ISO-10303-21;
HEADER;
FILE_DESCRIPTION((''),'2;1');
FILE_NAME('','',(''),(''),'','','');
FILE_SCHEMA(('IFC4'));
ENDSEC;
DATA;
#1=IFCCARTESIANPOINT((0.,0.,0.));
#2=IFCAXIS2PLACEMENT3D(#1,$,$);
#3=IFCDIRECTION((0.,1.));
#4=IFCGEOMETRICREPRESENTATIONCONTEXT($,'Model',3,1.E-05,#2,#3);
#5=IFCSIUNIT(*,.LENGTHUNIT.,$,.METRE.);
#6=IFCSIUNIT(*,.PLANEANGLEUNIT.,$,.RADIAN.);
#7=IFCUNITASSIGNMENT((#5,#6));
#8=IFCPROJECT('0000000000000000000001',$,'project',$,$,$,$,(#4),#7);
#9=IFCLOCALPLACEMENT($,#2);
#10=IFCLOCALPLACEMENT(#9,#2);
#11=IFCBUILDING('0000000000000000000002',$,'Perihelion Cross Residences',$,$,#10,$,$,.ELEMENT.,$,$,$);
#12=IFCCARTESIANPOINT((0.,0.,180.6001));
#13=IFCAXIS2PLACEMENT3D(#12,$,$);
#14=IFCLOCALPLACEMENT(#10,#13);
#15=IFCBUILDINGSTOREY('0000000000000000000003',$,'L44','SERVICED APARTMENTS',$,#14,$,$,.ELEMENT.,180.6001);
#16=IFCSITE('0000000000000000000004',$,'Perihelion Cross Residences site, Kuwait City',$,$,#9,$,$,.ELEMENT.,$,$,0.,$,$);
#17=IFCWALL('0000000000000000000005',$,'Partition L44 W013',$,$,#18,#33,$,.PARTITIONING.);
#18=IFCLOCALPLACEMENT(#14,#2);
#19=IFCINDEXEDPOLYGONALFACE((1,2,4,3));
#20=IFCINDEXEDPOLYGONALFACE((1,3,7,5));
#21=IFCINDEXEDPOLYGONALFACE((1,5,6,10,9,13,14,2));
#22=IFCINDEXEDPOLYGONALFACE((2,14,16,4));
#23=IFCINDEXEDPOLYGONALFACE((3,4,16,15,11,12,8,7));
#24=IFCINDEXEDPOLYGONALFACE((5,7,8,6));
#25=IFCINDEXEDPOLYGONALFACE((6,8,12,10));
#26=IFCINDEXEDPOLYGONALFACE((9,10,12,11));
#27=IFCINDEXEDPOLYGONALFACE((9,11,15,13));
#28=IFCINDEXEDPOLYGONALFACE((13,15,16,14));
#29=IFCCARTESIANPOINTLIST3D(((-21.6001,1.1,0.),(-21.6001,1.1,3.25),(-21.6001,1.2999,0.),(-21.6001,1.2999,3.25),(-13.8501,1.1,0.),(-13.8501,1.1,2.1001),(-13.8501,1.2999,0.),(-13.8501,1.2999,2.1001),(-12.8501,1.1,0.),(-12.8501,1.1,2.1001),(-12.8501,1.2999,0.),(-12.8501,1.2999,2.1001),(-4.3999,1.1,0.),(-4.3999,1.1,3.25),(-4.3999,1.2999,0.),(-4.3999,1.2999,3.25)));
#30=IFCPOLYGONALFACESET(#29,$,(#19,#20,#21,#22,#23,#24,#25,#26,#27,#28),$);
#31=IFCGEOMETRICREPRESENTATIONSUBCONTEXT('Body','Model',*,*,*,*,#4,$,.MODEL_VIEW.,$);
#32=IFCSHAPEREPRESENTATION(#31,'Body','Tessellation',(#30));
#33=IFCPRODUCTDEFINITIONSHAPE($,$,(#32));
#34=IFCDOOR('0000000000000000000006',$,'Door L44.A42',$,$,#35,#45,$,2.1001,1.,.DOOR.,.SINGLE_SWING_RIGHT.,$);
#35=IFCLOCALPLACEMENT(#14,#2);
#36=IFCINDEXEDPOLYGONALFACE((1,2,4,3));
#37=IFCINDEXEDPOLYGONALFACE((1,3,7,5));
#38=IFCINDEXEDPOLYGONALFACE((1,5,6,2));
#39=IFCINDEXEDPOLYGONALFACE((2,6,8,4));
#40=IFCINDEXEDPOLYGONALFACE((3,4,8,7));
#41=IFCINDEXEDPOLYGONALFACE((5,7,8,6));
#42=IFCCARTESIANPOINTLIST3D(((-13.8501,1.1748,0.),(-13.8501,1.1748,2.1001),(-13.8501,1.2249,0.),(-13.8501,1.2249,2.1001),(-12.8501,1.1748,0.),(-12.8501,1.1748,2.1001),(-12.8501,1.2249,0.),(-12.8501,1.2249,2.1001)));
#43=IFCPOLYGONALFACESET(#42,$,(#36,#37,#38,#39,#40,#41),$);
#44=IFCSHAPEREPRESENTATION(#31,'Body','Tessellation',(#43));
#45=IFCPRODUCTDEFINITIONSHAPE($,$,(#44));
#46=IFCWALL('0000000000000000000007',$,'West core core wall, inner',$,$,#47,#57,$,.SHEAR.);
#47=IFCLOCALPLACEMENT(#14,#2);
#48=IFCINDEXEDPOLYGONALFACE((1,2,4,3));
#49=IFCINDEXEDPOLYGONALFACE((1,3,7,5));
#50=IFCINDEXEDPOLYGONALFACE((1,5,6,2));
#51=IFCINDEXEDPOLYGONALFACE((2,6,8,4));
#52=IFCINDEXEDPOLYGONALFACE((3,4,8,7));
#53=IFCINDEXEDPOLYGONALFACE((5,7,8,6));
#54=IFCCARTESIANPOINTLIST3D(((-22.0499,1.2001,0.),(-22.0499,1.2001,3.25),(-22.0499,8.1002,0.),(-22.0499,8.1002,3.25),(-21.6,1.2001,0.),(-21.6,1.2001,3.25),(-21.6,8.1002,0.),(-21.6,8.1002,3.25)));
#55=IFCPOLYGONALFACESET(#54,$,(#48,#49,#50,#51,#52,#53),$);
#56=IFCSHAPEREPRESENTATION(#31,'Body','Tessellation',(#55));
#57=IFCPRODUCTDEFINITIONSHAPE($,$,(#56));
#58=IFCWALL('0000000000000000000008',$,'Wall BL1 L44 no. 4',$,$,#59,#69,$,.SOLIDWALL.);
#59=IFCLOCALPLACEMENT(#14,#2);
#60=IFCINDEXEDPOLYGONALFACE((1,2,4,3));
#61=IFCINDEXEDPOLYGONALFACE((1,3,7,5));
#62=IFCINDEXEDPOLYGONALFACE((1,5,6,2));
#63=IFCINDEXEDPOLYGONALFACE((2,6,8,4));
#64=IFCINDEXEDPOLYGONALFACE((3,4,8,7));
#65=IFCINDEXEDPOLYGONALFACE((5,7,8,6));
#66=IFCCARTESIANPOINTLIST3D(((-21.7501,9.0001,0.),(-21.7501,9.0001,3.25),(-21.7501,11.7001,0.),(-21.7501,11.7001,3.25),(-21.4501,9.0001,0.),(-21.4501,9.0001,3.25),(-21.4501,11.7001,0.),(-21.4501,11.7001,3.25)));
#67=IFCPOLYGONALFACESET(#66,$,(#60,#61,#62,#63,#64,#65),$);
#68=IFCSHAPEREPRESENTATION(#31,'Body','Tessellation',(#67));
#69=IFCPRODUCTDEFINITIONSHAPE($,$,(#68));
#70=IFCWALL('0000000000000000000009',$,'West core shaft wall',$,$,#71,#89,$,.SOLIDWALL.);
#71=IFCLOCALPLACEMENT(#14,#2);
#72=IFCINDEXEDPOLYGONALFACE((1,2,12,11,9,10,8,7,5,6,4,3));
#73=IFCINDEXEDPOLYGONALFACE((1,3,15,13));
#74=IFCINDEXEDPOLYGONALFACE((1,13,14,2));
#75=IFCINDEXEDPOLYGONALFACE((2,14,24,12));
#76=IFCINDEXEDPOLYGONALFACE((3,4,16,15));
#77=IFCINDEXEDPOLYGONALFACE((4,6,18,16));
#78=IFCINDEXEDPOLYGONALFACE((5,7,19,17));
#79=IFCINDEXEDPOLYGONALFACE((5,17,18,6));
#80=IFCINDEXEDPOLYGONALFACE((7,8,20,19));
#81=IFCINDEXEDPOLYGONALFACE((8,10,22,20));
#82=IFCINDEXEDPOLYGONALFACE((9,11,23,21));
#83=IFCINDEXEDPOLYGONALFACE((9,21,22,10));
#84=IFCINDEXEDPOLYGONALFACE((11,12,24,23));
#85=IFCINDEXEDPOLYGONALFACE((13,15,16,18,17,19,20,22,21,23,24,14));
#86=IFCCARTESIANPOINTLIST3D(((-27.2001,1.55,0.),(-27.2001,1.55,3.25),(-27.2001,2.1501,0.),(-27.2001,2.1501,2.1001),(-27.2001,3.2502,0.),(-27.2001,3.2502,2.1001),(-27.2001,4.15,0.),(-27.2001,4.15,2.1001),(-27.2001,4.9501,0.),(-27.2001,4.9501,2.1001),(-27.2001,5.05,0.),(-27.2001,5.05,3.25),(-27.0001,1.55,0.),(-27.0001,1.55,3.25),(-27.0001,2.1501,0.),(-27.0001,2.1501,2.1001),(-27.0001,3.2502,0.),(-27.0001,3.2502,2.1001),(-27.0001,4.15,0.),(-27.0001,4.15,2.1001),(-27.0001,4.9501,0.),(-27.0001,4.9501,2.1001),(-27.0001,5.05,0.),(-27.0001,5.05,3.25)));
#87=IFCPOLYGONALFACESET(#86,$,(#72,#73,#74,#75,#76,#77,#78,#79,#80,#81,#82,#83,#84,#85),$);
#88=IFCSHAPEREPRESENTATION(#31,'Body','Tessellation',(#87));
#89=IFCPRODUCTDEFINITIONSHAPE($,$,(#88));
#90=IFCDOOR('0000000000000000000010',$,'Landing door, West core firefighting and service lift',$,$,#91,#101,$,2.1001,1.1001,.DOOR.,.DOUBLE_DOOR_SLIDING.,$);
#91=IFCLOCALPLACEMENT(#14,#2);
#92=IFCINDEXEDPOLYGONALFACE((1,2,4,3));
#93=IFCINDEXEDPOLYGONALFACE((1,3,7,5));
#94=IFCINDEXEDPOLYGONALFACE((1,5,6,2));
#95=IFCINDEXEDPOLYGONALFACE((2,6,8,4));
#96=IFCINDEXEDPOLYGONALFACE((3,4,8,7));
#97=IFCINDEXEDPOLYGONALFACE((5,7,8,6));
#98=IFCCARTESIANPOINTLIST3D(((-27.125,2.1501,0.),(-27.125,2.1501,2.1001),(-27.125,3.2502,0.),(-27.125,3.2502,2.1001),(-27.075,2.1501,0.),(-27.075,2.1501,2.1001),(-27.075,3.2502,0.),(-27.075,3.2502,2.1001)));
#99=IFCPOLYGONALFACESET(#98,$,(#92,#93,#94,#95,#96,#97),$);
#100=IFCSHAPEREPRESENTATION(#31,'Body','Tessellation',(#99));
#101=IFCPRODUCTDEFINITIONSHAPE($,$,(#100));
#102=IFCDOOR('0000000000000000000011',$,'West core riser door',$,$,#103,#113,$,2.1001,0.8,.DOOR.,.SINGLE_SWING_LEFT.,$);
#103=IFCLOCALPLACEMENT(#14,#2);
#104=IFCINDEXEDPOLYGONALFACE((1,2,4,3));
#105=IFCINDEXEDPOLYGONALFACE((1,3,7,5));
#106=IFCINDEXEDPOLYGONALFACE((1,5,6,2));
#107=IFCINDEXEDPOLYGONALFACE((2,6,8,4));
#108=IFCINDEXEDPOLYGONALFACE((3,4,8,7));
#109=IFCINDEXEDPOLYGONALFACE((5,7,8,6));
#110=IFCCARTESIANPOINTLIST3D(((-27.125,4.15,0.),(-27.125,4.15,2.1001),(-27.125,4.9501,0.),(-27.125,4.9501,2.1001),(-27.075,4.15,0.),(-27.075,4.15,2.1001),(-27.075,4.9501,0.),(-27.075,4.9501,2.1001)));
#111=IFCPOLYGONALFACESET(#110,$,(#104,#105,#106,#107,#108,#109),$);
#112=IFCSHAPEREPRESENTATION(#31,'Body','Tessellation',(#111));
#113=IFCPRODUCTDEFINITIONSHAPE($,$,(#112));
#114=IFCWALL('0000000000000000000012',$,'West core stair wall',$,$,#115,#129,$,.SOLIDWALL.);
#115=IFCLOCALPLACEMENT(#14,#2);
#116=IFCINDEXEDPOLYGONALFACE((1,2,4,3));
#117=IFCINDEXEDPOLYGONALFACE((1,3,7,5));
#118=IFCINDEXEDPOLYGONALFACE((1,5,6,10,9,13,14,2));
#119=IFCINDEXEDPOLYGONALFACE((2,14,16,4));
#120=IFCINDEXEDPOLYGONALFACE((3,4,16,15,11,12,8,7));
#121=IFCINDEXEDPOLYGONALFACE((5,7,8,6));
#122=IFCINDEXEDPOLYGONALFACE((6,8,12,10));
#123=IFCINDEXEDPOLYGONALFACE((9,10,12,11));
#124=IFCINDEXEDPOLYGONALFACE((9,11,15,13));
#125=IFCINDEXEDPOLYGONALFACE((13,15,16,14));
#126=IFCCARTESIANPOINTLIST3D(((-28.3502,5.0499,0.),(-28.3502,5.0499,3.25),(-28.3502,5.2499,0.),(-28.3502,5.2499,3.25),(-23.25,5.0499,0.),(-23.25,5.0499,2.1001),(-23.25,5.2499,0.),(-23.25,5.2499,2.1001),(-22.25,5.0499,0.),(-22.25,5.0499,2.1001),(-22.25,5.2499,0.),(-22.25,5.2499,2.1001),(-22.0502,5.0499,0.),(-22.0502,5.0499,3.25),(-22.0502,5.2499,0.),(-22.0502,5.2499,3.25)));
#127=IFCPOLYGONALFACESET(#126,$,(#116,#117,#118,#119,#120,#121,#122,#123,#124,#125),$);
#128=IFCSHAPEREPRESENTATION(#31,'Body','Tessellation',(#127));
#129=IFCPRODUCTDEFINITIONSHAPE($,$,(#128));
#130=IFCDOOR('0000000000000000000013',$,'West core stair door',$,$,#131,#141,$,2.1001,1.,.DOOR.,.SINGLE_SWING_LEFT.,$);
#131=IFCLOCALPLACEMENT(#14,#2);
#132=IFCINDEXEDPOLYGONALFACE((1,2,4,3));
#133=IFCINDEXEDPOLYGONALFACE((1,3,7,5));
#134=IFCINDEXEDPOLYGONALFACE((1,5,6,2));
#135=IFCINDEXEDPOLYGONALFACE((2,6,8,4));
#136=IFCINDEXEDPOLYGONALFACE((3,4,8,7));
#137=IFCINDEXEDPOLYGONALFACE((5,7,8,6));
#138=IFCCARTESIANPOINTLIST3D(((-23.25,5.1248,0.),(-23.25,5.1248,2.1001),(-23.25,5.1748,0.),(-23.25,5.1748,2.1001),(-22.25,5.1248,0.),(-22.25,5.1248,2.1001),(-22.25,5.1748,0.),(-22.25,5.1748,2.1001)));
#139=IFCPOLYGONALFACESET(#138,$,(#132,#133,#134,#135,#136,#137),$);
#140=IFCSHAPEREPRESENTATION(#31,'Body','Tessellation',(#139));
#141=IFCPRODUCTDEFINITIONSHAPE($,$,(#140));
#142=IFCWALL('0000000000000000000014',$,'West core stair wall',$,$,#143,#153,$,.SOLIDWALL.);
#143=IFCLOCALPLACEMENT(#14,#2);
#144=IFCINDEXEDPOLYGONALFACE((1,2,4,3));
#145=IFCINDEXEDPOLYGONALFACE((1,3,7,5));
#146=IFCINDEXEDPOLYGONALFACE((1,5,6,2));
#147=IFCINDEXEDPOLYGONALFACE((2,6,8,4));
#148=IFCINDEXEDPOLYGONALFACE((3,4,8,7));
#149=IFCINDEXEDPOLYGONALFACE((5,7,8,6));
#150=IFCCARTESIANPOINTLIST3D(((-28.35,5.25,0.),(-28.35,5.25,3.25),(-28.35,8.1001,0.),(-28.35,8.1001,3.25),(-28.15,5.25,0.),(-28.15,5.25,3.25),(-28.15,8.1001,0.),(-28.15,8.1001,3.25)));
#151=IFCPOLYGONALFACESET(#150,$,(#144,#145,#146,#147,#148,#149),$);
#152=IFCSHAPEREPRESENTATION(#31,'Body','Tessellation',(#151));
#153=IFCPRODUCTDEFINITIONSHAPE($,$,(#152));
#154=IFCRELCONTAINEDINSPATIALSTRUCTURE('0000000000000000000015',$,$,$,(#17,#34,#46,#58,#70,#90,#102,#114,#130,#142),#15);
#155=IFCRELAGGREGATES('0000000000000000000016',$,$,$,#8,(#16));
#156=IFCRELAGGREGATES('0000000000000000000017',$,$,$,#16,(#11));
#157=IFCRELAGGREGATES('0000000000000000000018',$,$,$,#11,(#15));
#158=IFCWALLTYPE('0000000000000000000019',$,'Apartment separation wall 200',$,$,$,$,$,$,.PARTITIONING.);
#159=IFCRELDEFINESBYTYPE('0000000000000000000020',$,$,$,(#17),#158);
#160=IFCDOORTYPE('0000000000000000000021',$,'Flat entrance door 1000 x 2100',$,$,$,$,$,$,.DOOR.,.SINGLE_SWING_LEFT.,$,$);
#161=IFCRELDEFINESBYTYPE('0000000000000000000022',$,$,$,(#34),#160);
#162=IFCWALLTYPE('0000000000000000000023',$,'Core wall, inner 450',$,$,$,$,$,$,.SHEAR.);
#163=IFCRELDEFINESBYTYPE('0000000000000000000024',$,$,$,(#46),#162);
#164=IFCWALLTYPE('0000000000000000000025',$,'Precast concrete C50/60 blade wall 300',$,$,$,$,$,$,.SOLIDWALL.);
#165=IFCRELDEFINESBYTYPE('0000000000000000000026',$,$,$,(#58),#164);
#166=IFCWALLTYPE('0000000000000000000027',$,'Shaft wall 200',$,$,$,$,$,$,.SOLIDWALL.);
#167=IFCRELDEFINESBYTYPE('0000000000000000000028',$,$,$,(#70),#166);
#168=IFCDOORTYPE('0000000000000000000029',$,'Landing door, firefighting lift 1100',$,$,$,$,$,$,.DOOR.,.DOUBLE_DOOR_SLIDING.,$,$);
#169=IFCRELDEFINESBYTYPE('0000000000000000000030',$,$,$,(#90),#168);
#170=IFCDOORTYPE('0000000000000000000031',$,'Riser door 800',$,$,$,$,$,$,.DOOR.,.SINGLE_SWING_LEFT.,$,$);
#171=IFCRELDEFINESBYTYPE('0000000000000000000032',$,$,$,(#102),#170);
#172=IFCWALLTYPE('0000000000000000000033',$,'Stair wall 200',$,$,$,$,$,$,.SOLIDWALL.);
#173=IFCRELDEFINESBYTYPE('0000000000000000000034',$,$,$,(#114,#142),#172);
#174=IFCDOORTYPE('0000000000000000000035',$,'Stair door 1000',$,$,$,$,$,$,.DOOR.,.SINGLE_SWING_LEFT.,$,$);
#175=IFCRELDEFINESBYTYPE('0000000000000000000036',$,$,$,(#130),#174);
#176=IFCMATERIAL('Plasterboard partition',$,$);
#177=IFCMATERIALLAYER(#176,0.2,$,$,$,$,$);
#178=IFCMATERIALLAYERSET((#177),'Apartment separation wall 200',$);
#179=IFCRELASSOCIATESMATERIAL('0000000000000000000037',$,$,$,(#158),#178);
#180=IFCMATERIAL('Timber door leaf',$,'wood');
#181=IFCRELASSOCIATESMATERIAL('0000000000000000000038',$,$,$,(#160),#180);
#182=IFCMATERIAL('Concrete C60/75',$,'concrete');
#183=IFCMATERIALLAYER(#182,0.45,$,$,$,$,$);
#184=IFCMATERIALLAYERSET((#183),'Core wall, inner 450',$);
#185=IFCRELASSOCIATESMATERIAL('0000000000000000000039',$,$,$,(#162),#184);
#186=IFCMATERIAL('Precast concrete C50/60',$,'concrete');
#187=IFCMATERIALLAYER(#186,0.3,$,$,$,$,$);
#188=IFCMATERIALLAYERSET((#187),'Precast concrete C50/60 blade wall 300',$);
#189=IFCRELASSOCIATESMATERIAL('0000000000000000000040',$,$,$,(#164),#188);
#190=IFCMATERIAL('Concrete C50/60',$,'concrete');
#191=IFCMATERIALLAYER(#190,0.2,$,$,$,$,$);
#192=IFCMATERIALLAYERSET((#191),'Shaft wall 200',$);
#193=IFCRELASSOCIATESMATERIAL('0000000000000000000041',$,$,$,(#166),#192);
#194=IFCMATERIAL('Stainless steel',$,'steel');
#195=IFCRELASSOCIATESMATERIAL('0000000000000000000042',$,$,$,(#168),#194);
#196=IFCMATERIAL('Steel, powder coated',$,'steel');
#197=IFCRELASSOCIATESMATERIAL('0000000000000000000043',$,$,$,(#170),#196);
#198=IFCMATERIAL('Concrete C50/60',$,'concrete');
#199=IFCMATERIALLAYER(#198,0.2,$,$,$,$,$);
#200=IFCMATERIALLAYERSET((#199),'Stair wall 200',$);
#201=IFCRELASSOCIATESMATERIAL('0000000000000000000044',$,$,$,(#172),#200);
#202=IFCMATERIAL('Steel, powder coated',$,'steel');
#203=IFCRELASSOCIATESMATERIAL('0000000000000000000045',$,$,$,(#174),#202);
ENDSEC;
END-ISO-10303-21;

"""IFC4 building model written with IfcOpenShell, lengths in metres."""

from ifc_helpers import new_model, si_unit, direction, frame, frame_2d, origin, place, context, subcontext, project, spatial, rectangle, extrude, material, layer, layer_set, type_object, element, fill, save


model = new_model("IFC4")

# Units and contexts
model_context = context("Model", 3, precision=1e-05, world=origin(), true_north=direction((0.0, 1.0)))
body_context = subcontext(model_context, "Body", "Model", "MODEL_VIEW")
ifc_project = project(units=[si_unit("LENGTHUNIT", "METRE"), si_unit("PLANEANGLEUNIT", "RADIAN")], contexts=[model_context])

# Site, building, storey
site_placement = place(None, origin())
site = spatial("IfcSite", under=ifc_project, at=site_placement, Name="Perihelion Cross Residences site, Kuwait City", CompositionType="ELEMENT", RefElevation=0.0)
building_placement = place(site_placement, origin())
building = spatial("IfcBuilding", under=site, at=building_placement, Name="Perihelion Cross Residences", CompositionType="ELEMENT")
storey_placement = place(building_placement, frame((0.0, 0.0, 180.6001)))
storey = spatial("IfcBuildingStorey", under=building, at=storey_placement, Name="L44", Description="SERVICED APARTMENTS", CompositionType="ELEMENT", Elevation=180.6001)

# Wall, opening, door
ifc_material_1 = material(Name="Plasterboard partition")
ifc_layer_1 = layer(ifc_material_1, 0.2)
ifc_layer_set_1 = layer_set([ifc_layer_1], Name="Apartment separation wall 200")
wall_type_1 = type_object("IfcWallType", Name="Apartment separation wall 200", PredefinedType="PARTITIONING", material=ifc_layer_set_1)
wall_1_placement = place(storey_placement, frame((-21.6001, 1.2, 0.0), z_axis=(0.0, 0.0, 1.0), x_axis=(1.0, 0.0, 0.0)))
wall_1 = element("IfcWall", 1, at=wall_1_placement, inside=storey, type_object=wall_type_1, Name="Partition L44 W013", PredefinedType="PARTITIONING", context=body_context, shape_type="SweptSolid", body=[
    extrude(rectangle(XDim=17.2002, YDim=0.2, at=frame_2d((8.6001, 0.0))), origin(), (0.0, 0.0, 1.0), 3.25),
])
opening_1_placement = place(wall_1_placement, frame((7.75, 0.0, 0.0)))
opening_1 = element("IfcOpeningElement", 2, at=opening_1_placement, cuts=wall_1, PredefinedType="OPENING", context=body_context, shape_type="SweptSolid", body=[
    extrude(rectangle(XDim=1.0, YDim=2.1001, at=frame_2d((0.5, 1.05))), frame((0.0, 0.1099, 0.0), z_axis=(0.0, -1.0, 0.0), x_axis=(1.0, 0.0, 0.0)), (0.0, 0.0, 1.0), 0.22),
])
ifc_material_2 = material(Name="Timber door leaf", Category="wood")
door_type_1 = type_object("IfcDoorType", Name="Flat entrance door 1000 x 2100", OperationType="SINGLE_SWING_LEFT", PredefinedType="DOOR", material=ifc_material_2)
door_1_placement = place(opening_1_placement, origin())
door_1 = element("IfcDoor", 3, at=door_1_placement, inside=storey, type_object=door_type_1, Name="Door L44.A42", OperationType="SINGLE_SWING_RIGHT", OverallHeight=2.1001, OverallWidth=1.0, PredefinedType="DOOR", context=body_context, shape_type="SweptSolid", body=[
    extrude(rectangle(XDim=1.0, YDim=2.1001, at=frame_2d((0.5, 1.05))), frame((0.0, 0.0249, 0.0), z_axis=(0.0, -1.0, 0.0), x_axis=(1.0, 0.0, 0.0)), (0.0, 0.0, 1.0), 0.05),
])
fill(opening_1, door_1)

# Walls
ifc_material_3 = material(Name="Concrete C60/75", Category="concrete")
ifc_layer_2 = layer(ifc_material_3, 0.45)
ifc_layer_set_2 = layer_set([ifc_layer_2], Name="Core wall, inner 450")
wall_type_2 = type_object("IfcWallType", Name="Core wall, inner 450", PredefinedType="SHEAR", material=ifc_layer_set_2)
wall_2_placement = place(storey_placement, frame((-21.825, 1.2, 0.0), z_axis=(0.0, 0.0, 1.0), x_axis=(0.0, 1.0, 0.0)))
element("IfcWall", 4, at=wall_2_placement, inside=storey, type_object=wall_type_2, Name="West core core wall, inner", PredefinedType="SHEAR", context=body_context, shape_type="SweptSolid", body=[
    extrude(rectangle(XDim=6.9001, YDim=0.45, at=frame_2d((3.4502, 0.0))), origin(), (0.0, 0.0, 1.0), 3.25),
])
ifc_material_4 = material(Name="Precast concrete C50/60", Category="concrete")
ifc_layer_3 = layer(ifc_material_4, 0.3)
ifc_layer_set_3 = layer_set([ifc_layer_3], Name="Precast concrete C50/60 blade wall 300")
wall_type_3 = type_object("IfcWallType", Name="Precast concrete C50/60 blade wall 300", PredefinedType="SOLIDWALL", material=ifc_layer_set_3)
wall_3_placement = place(storey_placement, frame((-21.6001, 9.0, 0.0), z_axis=(0.0, 0.0, 1.0), x_axis=(0.0, 1.0, 0.0)))
element("IfcWall", 5, at=wall_3_placement, inside=storey, type_object=wall_type_3, Name="Wall BL1 L44 no. 4", PredefinedType="SOLIDWALL", context=body_context, shape_type="SweptSolid", body=[
    extrude(rectangle(XDim=2.7, YDim=0.3, at=frame_2d((1.3501, 0.0))), origin(), (0.0, 0.0, 1.0), 3.25),
])

# Wall, openings, doors
ifc_material_5 = material(Name="Concrete C50/60", Category="concrete")
ifc_layer_4 = layer(ifc_material_5, 0.2)
ifc_layer_set_4 = layer_set([ifc_layer_4], Name="Shaft wall 200")
wall_type_4 = type_object("IfcWallType", Name="Shaft wall 200", PredefinedType="SOLIDWALL", material=ifc_layer_set_4)
wall_4_placement = place(storey_placement, frame((-27.1001, 1.55, 0.0), z_axis=(0.0, 0.0, 1.0), x_axis=(0.0, 1.0, 0.0)))
wall_4 = element("IfcWall", 6, at=wall_4_placement, inside=storey, type_object=wall_type_4, Name="West core shaft wall", PredefinedType="SOLIDWALL", context=body_context, shape_type="SweptSolid", body=[
    extrude(rectangle(XDim=3.5, YDim=0.2, at=frame_2d((1.75, 0.0))), origin(), (0.0, 0.0, 1.0), 3.25),
])
opening_2_placement = place(wall_4_placement, frame((0.6001, 0.0, 0.0)))
opening_2 = element("IfcOpeningElement", 7, at=opening_2_placement, cuts=wall_4, PredefinedType="OPENING", context=body_context, shape_type="SweptSolid", body=[
    extrude(rectangle(XDim=1.1001, YDim=2.1001, at=frame_2d((0.55, 1.05))), frame((0.0, 0.1099, 0.0), z_axis=(0.0, -1.0, 0.0), x_axis=(1.0, 0.0, 0.0)), (0.0, 0.0, 1.0), 0.22),
])
opening_3_placement = place(wall_4_placement, frame((2.6001, 0.0, 0.0)))
opening_3 = element("IfcOpeningElement", 8, at=opening_3_placement, cuts=wall_4, PredefinedType="OPENING", context=body_context, shape_type="SweptSolid", body=[
    extrude(rectangle(XDim=0.8, YDim=2.1001, at=frame_2d((0.3999, 1.05))), frame((0.0, 0.1099, 0.0), z_axis=(0.0, -1.0, 0.0), x_axis=(1.0, 0.0, 0.0)), (0.0, 0.0, 1.0), 0.22),
])
ifc_material_6 = material(Name="Stainless steel", Category="steel")
door_type_2 = type_object("IfcDoorType", Name="Landing door, firefighting lift 1100", OperationType="DOUBLE_DOOR_SLIDING", PredefinedType="DOOR", material=ifc_material_6)
door_2_placement = place(opening_2_placement, origin())
door_2 = element("IfcDoor", 9, at=door_2_placement, inside=storey, type_object=door_type_2, Name="Landing door, West core firefighting and service lift", OperationType="DOUBLE_DOOR_SLIDING", OverallHeight=2.1001, OverallWidth=1.1001, PredefinedType="DOOR", context=body_context, shape_type="SweptSolid", body=[
    extrude(rectangle(XDim=1.1001, YDim=2.1001, at=frame_2d((0.55, 1.05))), frame((0.0, 0.0249, 0.0), z_axis=(0.0, -1.0, 0.0), x_axis=(1.0, 0.0, 0.0)), (0.0, 0.0, 1.0), 0.05),
])
fill(opening_2, door_2)
ifc_material_7 = material(Name="Steel, powder coated", Category="steel")
door_type_3 = type_object("IfcDoorType", Name="Riser door 800", OperationType="SINGLE_SWING_LEFT", PredefinedType="DOOR", material=ifc_material_7)
door_3_placement = place(opening_3_placement, origin())
door_3 = element("IfcDoor", 10, at=door_3_placement, inside=storey, type_object=door_type_3, Name="West core riser door", OperationType="SINGLE_SWING_LEFT", OverallHeight=2.1001, OverallWidth=0.8, PredefinedType="DOOR", context=body_context, shape_type="SweptSolid", body=[
    extrude(rectangle(XDim=0.8, YDim=2.1001, at=frame_2d((0.3999, 1.05))), frame((0.0, 0.0249, 0.0), z_axis=(0.0, -1.0, 0.0), x_axis=(1.0, 0.0, 0.0)), (0.0, 0.0, 1.0), 0.05),
])
fill(opening_3, door_3)

# Wall, opening, door
ifc_material_8 = material(Name="Concrete C50/60", Category="concrete")
ifc_layer_5 = layer(ifc_material_8, 0.2)
ifc_layer_set_5 = layer_set([ifc_layer_5], Name="Stair wall 200")
wall_type_5 = type_object("IfcWallType", Name="Stair wall 200", PredefinedType="SOLIDWALL", material=ifc_layer_set_5)
wall_5_placement = place(storey_placement, frame((-28.3501, 5.1499, 0.0), z_axis=(0.0, 0.0, 1.0), x_axis=(1.0, 0.0, 0.0)))
wall_5 = element("IfcWall", 11, at=wall_5_placement, inside=storey, type_object=wall_type_5, Name="West core stair wall", PredefinedType="SOLIDWALL", context=body_context, shape_type="SweptSolid", body=[
    extrude(rectangle(XDim=6.3, YDim=0.2, at=frame_2d((3.1499, 0.0))), origin(), (0.0, 0.0, 1.0), 3.25),
])
opening_4_placement = place(wall_5_placement, frame((5.1001, 0.0, 0.0)))
opening_4 = element("IfcOpeningElement", 12, at=opening_4_placement, cuts=wall_5, PredefinedType="OPENING", context=body_context, shape_type="SweptSolid", body=[
    extrude(rectangle(XDim=1.0, YDim=2.1001, at=frame_2d((0.5, 1.05))), frame((0.0, 0.1099, 0.0), z_axis=(0.0, -1.0, 0.0), x_axis=(1.0, 0.0, 0.0)), (0.0, 0.0, 1.0), 0.22),
])
ifc_material_9 = material(Name="Steel, powder coated", Category="steel")
door_type_4 = type_object("IfcDoorType", Name="Stair door 1000", OperationType="SINGLE_SWING_LEFT", PredefinedType="DOOR", material=ifc_material_9)
door_4_placement = place(opening_4_placement, origin())
door_4 = element("IfcDoor", 13, at=door_4_placement, inside=storey, type_object=door_type_4, Name="West core stair door", OperationType="SINGLE_SWING_LEFT", OverallHeight=2.1001, OverallWidth=1.0, PredefinedType="DOOR", context=body_context, shape_type="SweptSolid", body=[
    extrude(rectangle(XDim=1.0, YDim=2.1001, at=frame_2d((0.5, 1.05))), frame((0.0, 0.0249, 0.0), z_axis=(0.0, -1.0, 0.0), x_axis=(1.0, 0.0, 0.0)), (0.0, 0.0, 1.0), 0.05),
])
fill(opening_4, door_4)

# Wall
wall_6_placement = place(storey_placement, frame((-28.25, 5.25, 0.0), z_axis=(0.0, 0.0, 1.0), x_axis=(0.0, 1.0, 0.0)))
element("IfcWall", 14, at=wall_6_placement, inside=storey, type_object=wall_type_5, Name="West core stair wall", PredefinedType="SOLIDWALL", context=body_context, shape_type="SweptSolid", body=[
    extrude(rectangle(XDim=2.8501, YDim=0.2, at=frame_2d((1.425, 0.0))), origin(), (0.0, 0.0, 1.0), 3.25),
])

save(model, "model.ifc")
